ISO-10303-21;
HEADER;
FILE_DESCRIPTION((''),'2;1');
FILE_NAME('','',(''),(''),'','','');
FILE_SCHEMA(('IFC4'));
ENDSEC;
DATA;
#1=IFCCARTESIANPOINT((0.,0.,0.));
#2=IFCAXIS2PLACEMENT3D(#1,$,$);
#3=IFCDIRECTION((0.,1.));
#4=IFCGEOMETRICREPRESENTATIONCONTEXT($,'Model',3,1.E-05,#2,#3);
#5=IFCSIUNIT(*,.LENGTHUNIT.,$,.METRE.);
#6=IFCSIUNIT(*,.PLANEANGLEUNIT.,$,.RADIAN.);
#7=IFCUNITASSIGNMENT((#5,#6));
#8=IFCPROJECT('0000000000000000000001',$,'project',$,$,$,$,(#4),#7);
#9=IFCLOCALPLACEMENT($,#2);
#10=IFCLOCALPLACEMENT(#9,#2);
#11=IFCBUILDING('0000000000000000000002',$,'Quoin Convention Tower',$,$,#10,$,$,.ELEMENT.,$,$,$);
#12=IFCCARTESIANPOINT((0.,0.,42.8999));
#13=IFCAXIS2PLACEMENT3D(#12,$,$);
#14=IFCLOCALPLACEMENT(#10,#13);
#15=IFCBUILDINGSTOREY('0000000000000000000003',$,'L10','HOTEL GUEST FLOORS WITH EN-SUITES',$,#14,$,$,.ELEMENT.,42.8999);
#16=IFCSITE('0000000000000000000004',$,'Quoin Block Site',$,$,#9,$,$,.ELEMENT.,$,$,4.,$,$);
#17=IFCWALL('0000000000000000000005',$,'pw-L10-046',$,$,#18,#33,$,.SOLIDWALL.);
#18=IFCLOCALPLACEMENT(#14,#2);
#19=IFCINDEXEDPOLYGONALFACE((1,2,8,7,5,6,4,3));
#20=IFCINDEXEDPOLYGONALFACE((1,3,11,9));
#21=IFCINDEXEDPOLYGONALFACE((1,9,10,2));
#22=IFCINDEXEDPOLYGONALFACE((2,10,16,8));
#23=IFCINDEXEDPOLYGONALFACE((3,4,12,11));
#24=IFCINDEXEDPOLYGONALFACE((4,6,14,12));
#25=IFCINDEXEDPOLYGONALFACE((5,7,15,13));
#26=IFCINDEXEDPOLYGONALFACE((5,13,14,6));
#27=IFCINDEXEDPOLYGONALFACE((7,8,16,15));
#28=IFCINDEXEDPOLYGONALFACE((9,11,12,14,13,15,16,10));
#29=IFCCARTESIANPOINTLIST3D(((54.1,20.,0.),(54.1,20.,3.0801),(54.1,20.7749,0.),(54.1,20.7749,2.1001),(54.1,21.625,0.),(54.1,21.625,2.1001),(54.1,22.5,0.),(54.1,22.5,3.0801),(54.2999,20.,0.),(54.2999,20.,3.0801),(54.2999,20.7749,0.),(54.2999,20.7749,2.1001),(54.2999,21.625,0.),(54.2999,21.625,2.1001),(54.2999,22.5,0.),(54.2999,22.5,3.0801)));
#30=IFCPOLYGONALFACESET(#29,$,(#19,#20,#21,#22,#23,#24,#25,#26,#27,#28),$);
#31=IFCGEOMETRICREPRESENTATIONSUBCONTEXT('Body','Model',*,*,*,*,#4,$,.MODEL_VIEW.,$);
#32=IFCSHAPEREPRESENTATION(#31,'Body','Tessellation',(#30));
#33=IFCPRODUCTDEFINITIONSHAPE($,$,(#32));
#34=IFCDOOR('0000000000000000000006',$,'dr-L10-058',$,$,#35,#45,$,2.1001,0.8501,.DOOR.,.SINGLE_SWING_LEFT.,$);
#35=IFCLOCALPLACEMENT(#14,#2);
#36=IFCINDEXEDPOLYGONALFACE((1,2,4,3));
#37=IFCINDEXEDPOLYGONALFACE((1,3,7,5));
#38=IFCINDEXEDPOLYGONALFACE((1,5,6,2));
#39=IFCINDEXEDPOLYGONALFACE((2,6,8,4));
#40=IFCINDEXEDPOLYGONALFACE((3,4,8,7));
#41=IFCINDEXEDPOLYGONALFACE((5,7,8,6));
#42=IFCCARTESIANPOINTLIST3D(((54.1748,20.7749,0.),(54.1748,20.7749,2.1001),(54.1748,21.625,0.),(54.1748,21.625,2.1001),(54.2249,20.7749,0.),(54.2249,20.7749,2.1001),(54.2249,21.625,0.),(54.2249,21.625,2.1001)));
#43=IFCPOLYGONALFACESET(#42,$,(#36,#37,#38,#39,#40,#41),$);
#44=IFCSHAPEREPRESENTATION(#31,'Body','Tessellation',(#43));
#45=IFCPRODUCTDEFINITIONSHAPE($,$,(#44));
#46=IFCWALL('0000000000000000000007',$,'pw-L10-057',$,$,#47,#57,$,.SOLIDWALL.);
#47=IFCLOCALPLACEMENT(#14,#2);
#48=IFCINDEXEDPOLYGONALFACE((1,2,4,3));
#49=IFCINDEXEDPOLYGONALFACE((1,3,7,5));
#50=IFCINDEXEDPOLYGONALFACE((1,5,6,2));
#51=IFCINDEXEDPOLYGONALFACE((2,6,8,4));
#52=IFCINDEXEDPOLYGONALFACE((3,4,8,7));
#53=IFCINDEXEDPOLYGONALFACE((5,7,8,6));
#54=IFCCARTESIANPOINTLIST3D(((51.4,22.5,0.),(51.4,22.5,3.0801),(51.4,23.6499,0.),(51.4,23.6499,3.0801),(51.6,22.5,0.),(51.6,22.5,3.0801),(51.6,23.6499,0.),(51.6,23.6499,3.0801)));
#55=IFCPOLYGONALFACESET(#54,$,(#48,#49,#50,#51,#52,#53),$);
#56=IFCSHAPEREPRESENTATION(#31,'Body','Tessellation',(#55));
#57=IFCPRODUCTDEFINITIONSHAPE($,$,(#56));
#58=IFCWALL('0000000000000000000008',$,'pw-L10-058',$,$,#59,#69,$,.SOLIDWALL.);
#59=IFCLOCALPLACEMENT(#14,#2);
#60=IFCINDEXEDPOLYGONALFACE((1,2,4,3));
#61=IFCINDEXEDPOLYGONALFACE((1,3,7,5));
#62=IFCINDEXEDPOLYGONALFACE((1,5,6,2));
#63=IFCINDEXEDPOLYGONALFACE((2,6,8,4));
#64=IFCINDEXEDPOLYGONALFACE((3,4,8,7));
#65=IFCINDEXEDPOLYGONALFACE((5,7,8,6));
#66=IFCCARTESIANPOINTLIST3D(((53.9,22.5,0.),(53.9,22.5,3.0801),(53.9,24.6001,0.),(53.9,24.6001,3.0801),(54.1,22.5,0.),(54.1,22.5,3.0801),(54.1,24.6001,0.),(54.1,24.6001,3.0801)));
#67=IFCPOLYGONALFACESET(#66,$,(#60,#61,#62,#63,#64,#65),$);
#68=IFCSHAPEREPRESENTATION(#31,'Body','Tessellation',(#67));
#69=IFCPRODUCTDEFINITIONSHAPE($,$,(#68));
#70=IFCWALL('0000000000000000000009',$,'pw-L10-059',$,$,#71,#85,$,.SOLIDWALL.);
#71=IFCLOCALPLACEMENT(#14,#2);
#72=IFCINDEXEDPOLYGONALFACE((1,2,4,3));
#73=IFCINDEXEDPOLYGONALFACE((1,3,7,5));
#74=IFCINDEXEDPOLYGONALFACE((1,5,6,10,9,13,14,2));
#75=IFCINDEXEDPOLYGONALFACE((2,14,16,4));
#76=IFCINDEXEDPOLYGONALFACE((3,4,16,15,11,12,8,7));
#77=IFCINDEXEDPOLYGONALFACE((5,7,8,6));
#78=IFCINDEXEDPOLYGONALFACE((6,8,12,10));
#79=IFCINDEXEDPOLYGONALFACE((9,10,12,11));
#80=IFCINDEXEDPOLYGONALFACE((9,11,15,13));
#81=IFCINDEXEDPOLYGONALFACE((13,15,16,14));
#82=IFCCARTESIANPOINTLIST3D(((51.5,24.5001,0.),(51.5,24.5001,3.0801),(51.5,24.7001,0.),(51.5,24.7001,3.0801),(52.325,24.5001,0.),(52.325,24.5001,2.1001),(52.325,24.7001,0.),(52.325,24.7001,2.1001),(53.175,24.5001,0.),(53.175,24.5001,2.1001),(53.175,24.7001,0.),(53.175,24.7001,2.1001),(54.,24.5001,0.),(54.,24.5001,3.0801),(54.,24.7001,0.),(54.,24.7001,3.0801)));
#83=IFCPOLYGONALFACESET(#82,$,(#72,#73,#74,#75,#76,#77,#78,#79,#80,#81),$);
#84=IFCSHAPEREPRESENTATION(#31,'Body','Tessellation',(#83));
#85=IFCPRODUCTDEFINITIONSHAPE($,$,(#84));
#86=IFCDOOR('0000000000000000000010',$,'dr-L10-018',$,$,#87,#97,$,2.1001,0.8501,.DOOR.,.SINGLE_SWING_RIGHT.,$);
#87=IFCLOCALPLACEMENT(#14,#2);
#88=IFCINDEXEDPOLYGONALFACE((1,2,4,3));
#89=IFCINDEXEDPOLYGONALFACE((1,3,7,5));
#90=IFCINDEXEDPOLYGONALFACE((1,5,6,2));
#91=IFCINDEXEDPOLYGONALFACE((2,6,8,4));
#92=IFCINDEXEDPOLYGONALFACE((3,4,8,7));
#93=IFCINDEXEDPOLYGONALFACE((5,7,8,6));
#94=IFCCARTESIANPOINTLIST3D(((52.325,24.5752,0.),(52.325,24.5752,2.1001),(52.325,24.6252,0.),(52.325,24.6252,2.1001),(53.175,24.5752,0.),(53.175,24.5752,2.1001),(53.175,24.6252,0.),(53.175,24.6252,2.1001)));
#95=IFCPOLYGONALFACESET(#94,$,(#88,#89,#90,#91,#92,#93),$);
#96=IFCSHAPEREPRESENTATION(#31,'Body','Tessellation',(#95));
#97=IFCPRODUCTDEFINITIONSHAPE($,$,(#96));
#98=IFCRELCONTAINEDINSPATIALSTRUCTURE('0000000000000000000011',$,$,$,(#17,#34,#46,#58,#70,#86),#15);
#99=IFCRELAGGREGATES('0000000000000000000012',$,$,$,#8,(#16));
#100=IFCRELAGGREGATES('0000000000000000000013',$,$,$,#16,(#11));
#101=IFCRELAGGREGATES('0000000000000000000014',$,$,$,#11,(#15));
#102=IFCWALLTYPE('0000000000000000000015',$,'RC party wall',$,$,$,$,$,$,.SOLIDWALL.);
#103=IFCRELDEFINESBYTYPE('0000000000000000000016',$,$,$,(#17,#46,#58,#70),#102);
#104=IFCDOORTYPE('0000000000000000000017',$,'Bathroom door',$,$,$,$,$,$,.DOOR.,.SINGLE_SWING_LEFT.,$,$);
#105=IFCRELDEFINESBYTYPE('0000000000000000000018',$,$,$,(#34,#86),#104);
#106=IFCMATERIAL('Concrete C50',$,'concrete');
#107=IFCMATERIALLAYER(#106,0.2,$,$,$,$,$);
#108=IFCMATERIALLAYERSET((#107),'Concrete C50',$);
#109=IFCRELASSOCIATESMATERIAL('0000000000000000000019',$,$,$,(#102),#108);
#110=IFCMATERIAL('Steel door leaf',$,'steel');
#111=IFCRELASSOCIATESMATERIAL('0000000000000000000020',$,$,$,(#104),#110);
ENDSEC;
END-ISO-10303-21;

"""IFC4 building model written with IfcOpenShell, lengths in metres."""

from ifc_helpers import new_model, si_unit, direction, frame, frame_2d, origin, place, context, subcontext, project, spatial, rectangle, extrude, material, layer, layer_set, type_object, element, fill, save


model = new_model("IFC4")

# Units and contexts
model_context = context("Model", 3, precision=1e-05, world=origin(), true_north=direction((0.0, 1.0)))
body_context = subcontext(model_context, "Body", "Model", "MODEL_VIEW")
ifc_project = project(units=[si_unit("LENGTHUNIT", "METRE"), si_unit("PLANEANGLEUNIT", "RADIAN")], contexts=[model_context])

# Site, building, storey
site_placement = place(None, origin())
site = spatial("IfcSite", under=ifc_project, at=site_placement, Name="Quoin Block Site", CompositionType="ELEMENT", RefElevation=4.0)
building_placement = place(site_placement, origin())
building = spatial("IfcBuilding", under=site, at=building_placement, Name="Quoin Convention Tower", CompositionType="ELEMENT")
storey_placement = place(building_placement, frame((0.0, 0.0, 42.8999)))
storey = spatial("IfcBuildingStorey", under=building, at=storey_placement, Name="L10", Description="HOTEL GUEST FLOORS WITH EN-SUITES", CompositionType="ELEMENT", Elevation=42.8999)

# Shared definitions
ifc_material_1 = material(Name="Concrete C50", Category="concrete")
ifc_layer_1 = layer(ifc_material_1, 0.2)
ifc_layer_set_1 = layer_set([ifc_layer_1], Name="Concrete C50")
wall_type_1 = type_object("IfcWallType", Name="RC party wall", PredefinedType="SOLIDWALL", material=ifc_layer_set_1)

# Wall, opening, door
wall_1_placement = place(storey_placement, frame((54.2, 20.0, 0.0), z_axis=(0.0, 0.0, 1.0), x_axis=(0.0, 1.0, 0.0)))
wall_1 = element("IfcWall", 1, at=wall_1_placement, inside=storey, type_object=wall_type_1, Name="pw-L10-046", PredefinedType="SOLIDWALL", context=body_context, shape_type="SweptSolid", body=[
    extrude(rectangle(XDim=2.5, YDim=0.2, at=frame_2d((1.25, 0.0))), origin(), (0.0, 0.0, 1.0), 3.0801),
])
opening_1_placement = place(wall_1_placement, frame((0.7749, 0.0, 0.0)))
opening_1 = element("IfcOpeningElement", 2, at=opening_1_placement, cuts=wall_1, PredefinedType="OPENING", context=body_context, shape_type="SweptSolid", body=[
    extrude(rectangle(XDim=0.8501, YDim=2.1001, at=frame_2d((0.425, 1.05))), frame((0.0, 0.1099, 0.0), z_axis=(0.0, -1.0, 0.0), x_axis=(1.0, 0.0, 0.0)), (0.0, 0.0, 1.0), 0.22),
])
ifc_material_2 = material(Name="Steel door leaf", Category="steel")
door_type_1 = type_object("IfcDoorType", Name="Bathroom door", OperationType="SINGLE_SWING_LEFT", PredefinedType="DOOR", material=ifc_material_2)
door_1_placement = place(opening_1_placement, frame((0.8501, 0.0, 0.0), z_axis=(0.0, 0.0, 1.0), x_axis=(-1.0, 0.0, 0.0)))
door_1 = element("IfcDoor", 3, at=door_1_placement, inside=storey, type_object=door_type_1, Name="dr-L10-058", OperationType="SINGLE_SWING_LEFT", OverallHeight=2.1001, OverallWidth=0.8501, PredefinedType="DOOR", context=body_context, shape_type="SweptSolid", body=[
    extrude(rectangle(XDim=0.8501, YDim=2.1001, at=frame_2d((0.425, 1.05))), frame((0.0, 0.0249, 0.0), z_axis=(0.0, -1.0, 0.0), x_axis=(1.0, 0.0, 0.0)), (0.0, 0.0, 1.0), 0.05),
])
fill(opening_1, door_1)

# Walls
wall_2_placement = place(storey_placement, frame((51.5, 22.5, 0.0), z_axis=(0.0, 0.0, 1.0), x_axis=(0.0, 1.0, 0.0)))
element("IfcWall", 4, at=wall_2_placement, inside=storey, type_object=wall_type_1, Name="pw-L10-057", PredefinedType="SOLIDWALL", context=body_context, shape_type="SweptSolid", body=[
    extrude(rectangle(XDim=1.1499, YDim=0.2, at=frame_2d((0.575, 0.0))), origin(), (0.0, 0.0, 1.0), 3.0801),
])
wall_3_placement = place(storey_placement, frame((54.0, 22.5, 0.0), z_axis=(0.0, 0.0, 1.0), x_axis=(0.0, 1.0, 0.0)))
element("IfcWall", 5, at=wall_3_placement, inside=storey, type_object=wall_type_1, Name="pw-L10-058", PredefinedType="SOLIDWALL", context=body_context, shape_type="SweptSolid", body=[
    extrude(rectangle(XDim=2.1001, YDim=0.2, at=frame_2d((1.05, 0.0))), origin(), (0.0, 0.0, 1.0), 3.0801),
])

# Wall, opening, door
wall_4_placement = place(storey_placement, frame((51.5, 24.6001, 0.0), z_axis=(0.0, 0.0, 1.0), x_axis=(1.0, 0.0, 0.0)))
wall_4 = element("IfcWall", 6, at=wall_4_placement, inside=storey, type_object=wall_type_1, Name="pw-L10-059", PredefinedType="SOLIDWALL", context=body_context, shape_type="SweptSolid", body=[
    extrude(rectangle(XDim=2.5, YDim=0.2, at=frame_2d((1.25, 0.0))), origin(), (0.0, 0.0, 1.0), 3.0801),
])
opening_2_placement = place(wall_4_placement, frame((0.825, 0.0, 0.0)))
opening_2 = element("IfcOpeningElement", 7, at=opening_2_placement, cuts=wall_4, PredefinedType="OPENING", context=body_context, shape_type="SweptSolid", body=[
    extrude(rectangle(XDim=0.8501, YDim=2.1001, at=frame_2d((0.425, 1.05))), frame((0.0, 0.1099, 0.0), z_axis=(0.0, -1.0, 0.0), x_axis=(1.0, 0.0, 0.0)), (0.0, 0.0, 1.0), 0.22),
])
door_2_placement = place(opening_2_placement, frame((0.8501, 0.0, 0.0), z_axis=(0.0, 0.0, 1.0), x_axis=(-1.0, 0.0, 0.0)))
door_2 = element("IfcDoor", 8, at=door_2_placement, inside=storey, type_object=door_type_1, Name="dr-L10-018", OperationType="SINGLE_SWING_RIGHT", OverallHeight=2.1001, OverallWidth=0.8501, PredefinedType="DOOR", context=body_context, shape_type="SweptSolid", body=[
    extrude(rectangle(XDim=0.8501, YDim=2.1001, at=frame_2d((0.425, 1.05))), frame((0.0, 0.0249, 0.0), z_axis=(0.0, -1.0, 0.0), x_axis=(1.0, 0.0, 0.0)), (0.0, 0.0, 1.0), 0.05),
])
fill(opening_2, door_2)

save(model, "model.ifc")
